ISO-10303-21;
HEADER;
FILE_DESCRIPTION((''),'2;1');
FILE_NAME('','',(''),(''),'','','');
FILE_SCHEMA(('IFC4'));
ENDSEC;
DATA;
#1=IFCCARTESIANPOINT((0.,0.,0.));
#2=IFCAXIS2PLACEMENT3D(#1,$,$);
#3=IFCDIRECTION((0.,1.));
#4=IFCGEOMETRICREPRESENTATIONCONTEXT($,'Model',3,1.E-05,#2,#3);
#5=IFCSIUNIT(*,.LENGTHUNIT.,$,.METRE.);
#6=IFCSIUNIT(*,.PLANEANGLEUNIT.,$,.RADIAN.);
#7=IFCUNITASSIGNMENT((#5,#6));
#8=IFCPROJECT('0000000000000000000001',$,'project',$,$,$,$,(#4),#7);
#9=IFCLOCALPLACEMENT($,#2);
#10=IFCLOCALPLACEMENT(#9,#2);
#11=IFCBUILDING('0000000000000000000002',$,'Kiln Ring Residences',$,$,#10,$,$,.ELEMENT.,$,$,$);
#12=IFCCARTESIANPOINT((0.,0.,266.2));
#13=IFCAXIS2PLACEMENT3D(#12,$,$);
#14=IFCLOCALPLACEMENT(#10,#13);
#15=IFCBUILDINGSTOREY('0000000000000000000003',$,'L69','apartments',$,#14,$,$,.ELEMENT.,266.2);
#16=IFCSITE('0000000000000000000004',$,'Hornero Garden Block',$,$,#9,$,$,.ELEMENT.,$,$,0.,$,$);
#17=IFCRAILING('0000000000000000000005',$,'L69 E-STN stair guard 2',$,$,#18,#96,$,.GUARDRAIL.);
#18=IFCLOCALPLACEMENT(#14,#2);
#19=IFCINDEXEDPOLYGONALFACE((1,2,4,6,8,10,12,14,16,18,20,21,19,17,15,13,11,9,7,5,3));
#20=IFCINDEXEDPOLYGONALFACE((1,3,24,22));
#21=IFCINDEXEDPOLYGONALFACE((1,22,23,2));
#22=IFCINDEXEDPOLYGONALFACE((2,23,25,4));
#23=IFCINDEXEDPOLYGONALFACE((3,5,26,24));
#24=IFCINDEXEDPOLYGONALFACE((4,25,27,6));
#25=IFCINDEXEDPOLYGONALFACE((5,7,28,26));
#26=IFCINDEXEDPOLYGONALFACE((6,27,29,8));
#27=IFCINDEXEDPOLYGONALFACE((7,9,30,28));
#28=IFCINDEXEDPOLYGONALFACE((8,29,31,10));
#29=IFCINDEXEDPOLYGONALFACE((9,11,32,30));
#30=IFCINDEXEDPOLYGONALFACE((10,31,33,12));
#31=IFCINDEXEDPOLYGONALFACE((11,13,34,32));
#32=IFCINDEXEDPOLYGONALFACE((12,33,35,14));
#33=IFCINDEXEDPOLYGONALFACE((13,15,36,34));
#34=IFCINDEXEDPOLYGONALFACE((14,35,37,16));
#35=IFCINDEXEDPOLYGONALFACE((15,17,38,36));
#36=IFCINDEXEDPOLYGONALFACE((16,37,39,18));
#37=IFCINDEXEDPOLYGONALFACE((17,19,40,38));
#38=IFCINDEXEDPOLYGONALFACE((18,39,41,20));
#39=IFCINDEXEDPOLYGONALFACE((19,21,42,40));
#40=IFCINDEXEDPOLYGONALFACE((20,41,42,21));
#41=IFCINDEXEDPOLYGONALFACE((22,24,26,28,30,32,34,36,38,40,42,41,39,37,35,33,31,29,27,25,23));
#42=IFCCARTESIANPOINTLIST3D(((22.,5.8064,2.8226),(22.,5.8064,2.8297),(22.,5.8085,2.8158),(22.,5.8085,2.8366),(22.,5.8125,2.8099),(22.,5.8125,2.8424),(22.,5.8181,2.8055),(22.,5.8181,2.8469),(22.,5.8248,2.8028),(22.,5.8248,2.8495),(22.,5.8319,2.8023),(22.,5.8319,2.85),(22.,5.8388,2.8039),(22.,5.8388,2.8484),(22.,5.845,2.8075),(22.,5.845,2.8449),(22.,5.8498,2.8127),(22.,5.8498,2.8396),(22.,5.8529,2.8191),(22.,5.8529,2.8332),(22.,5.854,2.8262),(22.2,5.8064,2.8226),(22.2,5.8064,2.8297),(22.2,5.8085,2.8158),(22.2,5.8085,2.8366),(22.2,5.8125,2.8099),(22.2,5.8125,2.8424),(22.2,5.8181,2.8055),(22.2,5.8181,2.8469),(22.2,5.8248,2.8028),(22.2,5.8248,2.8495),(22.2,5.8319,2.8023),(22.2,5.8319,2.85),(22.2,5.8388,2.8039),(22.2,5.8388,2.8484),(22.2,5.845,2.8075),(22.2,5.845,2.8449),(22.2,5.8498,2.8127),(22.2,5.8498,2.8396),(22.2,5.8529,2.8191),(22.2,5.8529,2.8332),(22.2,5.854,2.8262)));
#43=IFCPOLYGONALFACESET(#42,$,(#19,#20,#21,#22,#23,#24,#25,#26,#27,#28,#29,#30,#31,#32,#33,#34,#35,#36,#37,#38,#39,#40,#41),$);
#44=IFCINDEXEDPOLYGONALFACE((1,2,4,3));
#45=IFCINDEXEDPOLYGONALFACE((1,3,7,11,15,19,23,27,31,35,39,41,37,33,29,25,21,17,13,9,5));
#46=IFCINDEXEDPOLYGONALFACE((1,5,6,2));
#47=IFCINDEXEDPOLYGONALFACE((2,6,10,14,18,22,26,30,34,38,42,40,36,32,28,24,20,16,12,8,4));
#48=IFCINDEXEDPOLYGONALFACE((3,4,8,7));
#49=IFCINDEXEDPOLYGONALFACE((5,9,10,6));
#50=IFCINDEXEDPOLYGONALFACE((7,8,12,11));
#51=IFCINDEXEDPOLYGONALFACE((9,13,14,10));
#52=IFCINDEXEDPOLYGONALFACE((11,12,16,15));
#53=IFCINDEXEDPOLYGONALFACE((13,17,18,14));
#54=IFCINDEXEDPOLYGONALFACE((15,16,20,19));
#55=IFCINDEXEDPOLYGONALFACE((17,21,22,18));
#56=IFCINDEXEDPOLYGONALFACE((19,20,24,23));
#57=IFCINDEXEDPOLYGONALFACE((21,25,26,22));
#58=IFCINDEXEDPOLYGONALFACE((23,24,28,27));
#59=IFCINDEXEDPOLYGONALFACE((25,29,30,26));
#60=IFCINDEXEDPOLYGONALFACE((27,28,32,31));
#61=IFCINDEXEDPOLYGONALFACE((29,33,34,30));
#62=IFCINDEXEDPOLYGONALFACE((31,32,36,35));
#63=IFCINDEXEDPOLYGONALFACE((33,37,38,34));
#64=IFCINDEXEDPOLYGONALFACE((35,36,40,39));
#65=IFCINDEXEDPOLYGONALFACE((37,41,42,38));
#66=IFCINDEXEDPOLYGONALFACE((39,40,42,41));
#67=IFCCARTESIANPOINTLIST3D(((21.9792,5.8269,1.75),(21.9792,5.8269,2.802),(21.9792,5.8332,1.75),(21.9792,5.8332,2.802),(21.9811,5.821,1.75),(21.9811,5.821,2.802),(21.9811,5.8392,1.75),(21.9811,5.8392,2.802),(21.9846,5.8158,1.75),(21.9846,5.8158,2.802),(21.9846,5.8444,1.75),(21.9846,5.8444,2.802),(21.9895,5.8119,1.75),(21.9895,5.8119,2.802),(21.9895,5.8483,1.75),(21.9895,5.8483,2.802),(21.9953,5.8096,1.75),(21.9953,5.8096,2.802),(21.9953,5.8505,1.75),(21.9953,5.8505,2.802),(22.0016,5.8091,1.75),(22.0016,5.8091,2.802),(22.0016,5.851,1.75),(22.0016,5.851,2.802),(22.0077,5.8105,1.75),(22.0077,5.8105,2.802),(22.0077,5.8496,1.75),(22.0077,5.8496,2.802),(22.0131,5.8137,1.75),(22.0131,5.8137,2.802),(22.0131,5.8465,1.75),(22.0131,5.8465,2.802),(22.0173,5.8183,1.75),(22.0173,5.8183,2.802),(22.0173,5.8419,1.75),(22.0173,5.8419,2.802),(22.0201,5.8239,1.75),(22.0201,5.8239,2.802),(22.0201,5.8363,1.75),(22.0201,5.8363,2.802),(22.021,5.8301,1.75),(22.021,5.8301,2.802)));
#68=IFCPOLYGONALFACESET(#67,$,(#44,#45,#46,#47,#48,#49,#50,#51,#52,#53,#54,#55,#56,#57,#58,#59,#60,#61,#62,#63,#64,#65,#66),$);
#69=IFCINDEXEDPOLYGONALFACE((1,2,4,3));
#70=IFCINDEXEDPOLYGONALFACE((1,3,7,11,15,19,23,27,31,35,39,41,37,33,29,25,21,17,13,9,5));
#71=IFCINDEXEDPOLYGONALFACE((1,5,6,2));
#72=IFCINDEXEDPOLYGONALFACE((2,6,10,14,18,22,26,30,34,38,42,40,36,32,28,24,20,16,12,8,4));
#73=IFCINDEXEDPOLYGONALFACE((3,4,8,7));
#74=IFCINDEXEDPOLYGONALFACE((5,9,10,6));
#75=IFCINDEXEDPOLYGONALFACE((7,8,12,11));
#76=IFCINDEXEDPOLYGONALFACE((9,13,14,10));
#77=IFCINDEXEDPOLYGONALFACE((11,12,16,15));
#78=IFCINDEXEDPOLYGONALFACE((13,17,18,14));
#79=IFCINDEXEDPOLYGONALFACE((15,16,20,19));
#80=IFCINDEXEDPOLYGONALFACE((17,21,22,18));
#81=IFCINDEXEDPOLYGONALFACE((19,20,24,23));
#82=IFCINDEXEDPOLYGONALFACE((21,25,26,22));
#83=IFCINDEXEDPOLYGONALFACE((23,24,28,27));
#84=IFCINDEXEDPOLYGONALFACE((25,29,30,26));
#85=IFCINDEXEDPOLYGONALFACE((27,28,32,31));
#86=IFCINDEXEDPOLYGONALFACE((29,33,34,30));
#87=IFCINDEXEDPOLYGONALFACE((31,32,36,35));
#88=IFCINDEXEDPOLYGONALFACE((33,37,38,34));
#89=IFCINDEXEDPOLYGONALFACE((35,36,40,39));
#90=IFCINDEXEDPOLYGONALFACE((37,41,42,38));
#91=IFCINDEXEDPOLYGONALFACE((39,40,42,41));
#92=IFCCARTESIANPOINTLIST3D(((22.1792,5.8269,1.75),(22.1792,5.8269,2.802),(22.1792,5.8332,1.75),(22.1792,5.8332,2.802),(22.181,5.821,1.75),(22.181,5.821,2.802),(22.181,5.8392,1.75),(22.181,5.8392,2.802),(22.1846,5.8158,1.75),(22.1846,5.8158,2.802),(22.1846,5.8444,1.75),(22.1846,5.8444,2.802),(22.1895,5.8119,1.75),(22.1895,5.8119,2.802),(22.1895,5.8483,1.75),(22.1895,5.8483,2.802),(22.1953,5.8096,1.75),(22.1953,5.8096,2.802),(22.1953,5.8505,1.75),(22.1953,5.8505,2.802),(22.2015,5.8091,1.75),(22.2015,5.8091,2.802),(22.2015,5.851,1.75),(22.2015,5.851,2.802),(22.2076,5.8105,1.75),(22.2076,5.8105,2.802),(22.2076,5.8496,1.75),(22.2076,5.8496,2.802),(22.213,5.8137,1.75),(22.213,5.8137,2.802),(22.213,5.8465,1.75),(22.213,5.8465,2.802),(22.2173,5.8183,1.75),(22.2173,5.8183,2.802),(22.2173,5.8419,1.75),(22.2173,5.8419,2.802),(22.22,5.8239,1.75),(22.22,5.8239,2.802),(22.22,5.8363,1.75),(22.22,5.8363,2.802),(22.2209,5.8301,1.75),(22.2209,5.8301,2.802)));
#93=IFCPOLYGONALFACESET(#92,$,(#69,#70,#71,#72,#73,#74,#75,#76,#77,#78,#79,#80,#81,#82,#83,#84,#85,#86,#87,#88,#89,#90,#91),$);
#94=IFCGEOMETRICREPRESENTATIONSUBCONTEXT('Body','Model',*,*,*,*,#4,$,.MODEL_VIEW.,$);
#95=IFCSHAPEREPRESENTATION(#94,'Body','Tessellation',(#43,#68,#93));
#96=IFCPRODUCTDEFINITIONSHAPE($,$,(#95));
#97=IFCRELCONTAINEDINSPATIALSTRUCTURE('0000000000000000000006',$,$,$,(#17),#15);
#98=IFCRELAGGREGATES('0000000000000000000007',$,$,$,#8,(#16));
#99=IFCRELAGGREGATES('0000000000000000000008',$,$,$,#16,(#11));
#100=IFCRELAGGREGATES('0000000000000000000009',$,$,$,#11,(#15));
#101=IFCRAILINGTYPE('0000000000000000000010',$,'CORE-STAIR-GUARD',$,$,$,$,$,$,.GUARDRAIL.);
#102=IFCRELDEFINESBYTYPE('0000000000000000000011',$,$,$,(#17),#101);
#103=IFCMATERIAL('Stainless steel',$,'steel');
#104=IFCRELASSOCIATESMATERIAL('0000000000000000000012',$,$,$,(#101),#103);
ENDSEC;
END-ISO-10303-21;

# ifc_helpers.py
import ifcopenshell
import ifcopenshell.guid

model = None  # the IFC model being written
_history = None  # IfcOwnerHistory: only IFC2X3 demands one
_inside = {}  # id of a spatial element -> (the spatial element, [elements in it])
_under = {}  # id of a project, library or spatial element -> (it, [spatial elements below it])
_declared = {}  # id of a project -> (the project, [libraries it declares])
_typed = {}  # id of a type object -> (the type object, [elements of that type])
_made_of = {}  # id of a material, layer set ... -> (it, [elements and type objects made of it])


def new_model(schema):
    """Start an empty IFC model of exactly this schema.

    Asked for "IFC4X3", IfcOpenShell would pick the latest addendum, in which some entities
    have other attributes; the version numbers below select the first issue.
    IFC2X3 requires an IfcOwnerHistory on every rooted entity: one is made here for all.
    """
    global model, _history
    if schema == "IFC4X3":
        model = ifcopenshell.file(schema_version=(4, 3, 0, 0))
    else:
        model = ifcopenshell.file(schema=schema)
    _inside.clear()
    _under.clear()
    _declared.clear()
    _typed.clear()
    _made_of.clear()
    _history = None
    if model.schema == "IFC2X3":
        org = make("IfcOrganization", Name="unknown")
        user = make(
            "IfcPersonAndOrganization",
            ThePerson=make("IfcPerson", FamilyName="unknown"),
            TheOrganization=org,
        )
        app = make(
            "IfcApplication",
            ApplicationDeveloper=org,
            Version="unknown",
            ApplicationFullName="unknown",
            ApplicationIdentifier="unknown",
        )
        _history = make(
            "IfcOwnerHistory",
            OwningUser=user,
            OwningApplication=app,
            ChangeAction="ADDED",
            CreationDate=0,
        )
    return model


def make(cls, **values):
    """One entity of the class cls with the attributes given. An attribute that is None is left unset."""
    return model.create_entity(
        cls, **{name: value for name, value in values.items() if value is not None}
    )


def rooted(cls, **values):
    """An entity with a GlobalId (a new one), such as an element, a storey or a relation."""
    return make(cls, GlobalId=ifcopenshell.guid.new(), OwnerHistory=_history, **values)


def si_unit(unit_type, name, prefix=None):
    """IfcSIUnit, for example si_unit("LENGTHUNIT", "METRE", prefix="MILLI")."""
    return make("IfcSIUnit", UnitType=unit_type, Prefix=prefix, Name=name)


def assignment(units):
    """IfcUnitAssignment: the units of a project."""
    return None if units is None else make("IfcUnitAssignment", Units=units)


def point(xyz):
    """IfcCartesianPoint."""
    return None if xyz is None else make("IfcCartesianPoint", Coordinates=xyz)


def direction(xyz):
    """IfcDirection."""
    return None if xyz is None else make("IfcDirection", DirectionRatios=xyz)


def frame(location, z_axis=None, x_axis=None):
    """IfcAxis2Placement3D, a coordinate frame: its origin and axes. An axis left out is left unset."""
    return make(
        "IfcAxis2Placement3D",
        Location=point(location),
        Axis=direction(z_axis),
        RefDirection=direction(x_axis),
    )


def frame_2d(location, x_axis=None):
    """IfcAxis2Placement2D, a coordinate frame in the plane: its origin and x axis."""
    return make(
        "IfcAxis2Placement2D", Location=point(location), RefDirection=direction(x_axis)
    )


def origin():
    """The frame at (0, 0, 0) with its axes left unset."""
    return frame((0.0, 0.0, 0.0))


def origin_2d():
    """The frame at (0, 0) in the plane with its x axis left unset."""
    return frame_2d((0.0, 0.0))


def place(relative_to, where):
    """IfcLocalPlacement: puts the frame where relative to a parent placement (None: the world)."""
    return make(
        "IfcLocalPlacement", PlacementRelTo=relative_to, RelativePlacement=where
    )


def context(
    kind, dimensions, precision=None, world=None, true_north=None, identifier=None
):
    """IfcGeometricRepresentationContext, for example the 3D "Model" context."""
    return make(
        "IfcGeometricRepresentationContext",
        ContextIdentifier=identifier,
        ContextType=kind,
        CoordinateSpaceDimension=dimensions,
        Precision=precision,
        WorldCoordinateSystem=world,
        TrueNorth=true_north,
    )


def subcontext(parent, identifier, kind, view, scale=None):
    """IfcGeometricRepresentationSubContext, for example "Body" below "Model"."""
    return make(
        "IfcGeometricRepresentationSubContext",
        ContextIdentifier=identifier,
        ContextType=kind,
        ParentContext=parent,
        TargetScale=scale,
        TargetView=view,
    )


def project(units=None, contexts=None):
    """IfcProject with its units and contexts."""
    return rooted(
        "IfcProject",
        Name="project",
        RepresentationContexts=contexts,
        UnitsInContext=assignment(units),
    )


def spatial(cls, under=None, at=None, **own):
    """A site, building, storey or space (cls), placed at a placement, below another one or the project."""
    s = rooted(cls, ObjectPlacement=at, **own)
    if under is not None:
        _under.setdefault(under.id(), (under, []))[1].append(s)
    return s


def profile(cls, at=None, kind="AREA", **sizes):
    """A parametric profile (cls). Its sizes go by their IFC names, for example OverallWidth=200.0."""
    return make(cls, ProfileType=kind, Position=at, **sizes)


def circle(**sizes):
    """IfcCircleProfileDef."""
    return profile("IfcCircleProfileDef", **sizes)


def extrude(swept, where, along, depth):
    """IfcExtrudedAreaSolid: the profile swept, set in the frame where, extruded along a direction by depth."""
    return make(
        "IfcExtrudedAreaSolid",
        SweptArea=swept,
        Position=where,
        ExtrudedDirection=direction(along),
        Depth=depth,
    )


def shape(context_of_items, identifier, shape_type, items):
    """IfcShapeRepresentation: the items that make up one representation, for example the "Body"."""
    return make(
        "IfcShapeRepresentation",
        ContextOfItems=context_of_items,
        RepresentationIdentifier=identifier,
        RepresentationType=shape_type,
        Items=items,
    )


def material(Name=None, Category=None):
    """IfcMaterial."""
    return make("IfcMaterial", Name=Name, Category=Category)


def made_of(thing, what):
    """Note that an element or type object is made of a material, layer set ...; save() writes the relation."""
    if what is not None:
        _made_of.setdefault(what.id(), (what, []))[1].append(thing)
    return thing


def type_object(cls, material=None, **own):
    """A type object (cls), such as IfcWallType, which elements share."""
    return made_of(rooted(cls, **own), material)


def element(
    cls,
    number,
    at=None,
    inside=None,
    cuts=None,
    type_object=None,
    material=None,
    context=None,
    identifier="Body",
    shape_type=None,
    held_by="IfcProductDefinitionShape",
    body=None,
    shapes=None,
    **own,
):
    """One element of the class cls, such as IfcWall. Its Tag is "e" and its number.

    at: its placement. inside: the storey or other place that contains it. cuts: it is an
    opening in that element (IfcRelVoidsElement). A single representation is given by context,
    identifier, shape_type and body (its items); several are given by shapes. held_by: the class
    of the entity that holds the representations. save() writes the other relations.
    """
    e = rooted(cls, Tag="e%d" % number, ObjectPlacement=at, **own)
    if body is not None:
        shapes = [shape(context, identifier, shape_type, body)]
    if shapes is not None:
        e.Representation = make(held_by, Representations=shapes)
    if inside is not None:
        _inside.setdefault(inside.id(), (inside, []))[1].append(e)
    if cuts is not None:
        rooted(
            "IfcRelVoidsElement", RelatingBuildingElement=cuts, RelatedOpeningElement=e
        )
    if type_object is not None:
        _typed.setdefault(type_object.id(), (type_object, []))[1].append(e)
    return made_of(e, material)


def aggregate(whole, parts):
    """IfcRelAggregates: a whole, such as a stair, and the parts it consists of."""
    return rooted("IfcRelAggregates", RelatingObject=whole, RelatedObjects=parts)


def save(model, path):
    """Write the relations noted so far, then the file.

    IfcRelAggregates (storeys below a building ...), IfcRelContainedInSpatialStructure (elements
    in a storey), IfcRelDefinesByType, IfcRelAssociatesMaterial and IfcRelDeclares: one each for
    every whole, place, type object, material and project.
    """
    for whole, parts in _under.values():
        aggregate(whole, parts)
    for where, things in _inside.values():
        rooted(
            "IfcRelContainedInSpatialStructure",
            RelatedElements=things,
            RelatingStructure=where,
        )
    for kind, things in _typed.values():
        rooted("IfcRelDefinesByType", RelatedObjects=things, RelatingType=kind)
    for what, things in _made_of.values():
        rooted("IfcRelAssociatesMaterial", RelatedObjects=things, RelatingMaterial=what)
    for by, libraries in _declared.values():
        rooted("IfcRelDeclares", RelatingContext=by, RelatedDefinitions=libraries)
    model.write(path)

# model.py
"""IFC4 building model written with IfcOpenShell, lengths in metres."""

from ifc_helpers import new_model, si_unit, direction, frame, origin, origin_2d, place, context, subcontext, project, spatial, circle, extrude, material, type_object, element, save


model = new_model("IFC4")

# Units and contexts
model_context = context("Model", 3, precision=1e-05, world=origin(), true_north=direction((0.0, 1.0)))
body_context = subcontext(model_context, "Body", "Model", "MODEL_VIEW")
ifc_project = project(units=[si_unit("LENGTHUNIT", "METRE"), si_unit("PLANEANGLEUNIT", "RADIAN")], contexts=[model_context])

# Site, building, storey
site_placement = place(None, origin())
site = spatial("IfcSite", under=ifc_project, at=site_placement, Name="Hornero Garden Block", CompositionType="ELEMENT", RefElevation=0.0)
building_placement = place(site_placement, origin())
building = spatial("IfcBuilding", under=site, at=building_placement, Name="Kiln Ring Residences", CompositionType="ELEMENT")
storey_placement = place(building_placement, frame((0.0, 0.0, 266.2)))
storey = spatial("IfcBuildingStorey", under=building, at=storey_placement, Name="L69", Description="apartments", CompositionType="ELEMENT", Elevation=266.2)

# Railing
ifc_material_1 = material(Name="Stainless steel", Category="steel")
railing_type_1 = type_object("IfcRailingType", Name="CORE-STAIR-GUARD", PredefinedType="GUARDRAIL", material=ifc_material_1)
railing_1_placement = place(storey_placement, frame((22.0, 5.8301, 1.75)))
element("IfcRailing", 1, at=railing_1_placement, inside=storey, type_object=railing_type_1, Name="L69 E-STN stair guard 2", PredefinedType="GUARDRAIL", context=body_context, shape_type="SweptSolid", body=[
    extrude(circle(Radius=0.0239, at=origin_2d()), frame((0.0, 0.0, 1.0762), z_axis=(1.0, 0.0, 0.0), x_axis=(0.0, 1.0, 0.0)), (0.0, 0.0, 1.0), 0.2),
    extrude(circle(Radius=0.021, at=origin_2d()), origin(), (0.0, 0.0, 1.0), 1.052),
    extrude(circle(Radius=0.021, at=origin_2d()), frame((0.2, 0.0, 0.0)), (0.0, 0.0, 1.0), 1.052),
])

save(model, "model.ifc")
